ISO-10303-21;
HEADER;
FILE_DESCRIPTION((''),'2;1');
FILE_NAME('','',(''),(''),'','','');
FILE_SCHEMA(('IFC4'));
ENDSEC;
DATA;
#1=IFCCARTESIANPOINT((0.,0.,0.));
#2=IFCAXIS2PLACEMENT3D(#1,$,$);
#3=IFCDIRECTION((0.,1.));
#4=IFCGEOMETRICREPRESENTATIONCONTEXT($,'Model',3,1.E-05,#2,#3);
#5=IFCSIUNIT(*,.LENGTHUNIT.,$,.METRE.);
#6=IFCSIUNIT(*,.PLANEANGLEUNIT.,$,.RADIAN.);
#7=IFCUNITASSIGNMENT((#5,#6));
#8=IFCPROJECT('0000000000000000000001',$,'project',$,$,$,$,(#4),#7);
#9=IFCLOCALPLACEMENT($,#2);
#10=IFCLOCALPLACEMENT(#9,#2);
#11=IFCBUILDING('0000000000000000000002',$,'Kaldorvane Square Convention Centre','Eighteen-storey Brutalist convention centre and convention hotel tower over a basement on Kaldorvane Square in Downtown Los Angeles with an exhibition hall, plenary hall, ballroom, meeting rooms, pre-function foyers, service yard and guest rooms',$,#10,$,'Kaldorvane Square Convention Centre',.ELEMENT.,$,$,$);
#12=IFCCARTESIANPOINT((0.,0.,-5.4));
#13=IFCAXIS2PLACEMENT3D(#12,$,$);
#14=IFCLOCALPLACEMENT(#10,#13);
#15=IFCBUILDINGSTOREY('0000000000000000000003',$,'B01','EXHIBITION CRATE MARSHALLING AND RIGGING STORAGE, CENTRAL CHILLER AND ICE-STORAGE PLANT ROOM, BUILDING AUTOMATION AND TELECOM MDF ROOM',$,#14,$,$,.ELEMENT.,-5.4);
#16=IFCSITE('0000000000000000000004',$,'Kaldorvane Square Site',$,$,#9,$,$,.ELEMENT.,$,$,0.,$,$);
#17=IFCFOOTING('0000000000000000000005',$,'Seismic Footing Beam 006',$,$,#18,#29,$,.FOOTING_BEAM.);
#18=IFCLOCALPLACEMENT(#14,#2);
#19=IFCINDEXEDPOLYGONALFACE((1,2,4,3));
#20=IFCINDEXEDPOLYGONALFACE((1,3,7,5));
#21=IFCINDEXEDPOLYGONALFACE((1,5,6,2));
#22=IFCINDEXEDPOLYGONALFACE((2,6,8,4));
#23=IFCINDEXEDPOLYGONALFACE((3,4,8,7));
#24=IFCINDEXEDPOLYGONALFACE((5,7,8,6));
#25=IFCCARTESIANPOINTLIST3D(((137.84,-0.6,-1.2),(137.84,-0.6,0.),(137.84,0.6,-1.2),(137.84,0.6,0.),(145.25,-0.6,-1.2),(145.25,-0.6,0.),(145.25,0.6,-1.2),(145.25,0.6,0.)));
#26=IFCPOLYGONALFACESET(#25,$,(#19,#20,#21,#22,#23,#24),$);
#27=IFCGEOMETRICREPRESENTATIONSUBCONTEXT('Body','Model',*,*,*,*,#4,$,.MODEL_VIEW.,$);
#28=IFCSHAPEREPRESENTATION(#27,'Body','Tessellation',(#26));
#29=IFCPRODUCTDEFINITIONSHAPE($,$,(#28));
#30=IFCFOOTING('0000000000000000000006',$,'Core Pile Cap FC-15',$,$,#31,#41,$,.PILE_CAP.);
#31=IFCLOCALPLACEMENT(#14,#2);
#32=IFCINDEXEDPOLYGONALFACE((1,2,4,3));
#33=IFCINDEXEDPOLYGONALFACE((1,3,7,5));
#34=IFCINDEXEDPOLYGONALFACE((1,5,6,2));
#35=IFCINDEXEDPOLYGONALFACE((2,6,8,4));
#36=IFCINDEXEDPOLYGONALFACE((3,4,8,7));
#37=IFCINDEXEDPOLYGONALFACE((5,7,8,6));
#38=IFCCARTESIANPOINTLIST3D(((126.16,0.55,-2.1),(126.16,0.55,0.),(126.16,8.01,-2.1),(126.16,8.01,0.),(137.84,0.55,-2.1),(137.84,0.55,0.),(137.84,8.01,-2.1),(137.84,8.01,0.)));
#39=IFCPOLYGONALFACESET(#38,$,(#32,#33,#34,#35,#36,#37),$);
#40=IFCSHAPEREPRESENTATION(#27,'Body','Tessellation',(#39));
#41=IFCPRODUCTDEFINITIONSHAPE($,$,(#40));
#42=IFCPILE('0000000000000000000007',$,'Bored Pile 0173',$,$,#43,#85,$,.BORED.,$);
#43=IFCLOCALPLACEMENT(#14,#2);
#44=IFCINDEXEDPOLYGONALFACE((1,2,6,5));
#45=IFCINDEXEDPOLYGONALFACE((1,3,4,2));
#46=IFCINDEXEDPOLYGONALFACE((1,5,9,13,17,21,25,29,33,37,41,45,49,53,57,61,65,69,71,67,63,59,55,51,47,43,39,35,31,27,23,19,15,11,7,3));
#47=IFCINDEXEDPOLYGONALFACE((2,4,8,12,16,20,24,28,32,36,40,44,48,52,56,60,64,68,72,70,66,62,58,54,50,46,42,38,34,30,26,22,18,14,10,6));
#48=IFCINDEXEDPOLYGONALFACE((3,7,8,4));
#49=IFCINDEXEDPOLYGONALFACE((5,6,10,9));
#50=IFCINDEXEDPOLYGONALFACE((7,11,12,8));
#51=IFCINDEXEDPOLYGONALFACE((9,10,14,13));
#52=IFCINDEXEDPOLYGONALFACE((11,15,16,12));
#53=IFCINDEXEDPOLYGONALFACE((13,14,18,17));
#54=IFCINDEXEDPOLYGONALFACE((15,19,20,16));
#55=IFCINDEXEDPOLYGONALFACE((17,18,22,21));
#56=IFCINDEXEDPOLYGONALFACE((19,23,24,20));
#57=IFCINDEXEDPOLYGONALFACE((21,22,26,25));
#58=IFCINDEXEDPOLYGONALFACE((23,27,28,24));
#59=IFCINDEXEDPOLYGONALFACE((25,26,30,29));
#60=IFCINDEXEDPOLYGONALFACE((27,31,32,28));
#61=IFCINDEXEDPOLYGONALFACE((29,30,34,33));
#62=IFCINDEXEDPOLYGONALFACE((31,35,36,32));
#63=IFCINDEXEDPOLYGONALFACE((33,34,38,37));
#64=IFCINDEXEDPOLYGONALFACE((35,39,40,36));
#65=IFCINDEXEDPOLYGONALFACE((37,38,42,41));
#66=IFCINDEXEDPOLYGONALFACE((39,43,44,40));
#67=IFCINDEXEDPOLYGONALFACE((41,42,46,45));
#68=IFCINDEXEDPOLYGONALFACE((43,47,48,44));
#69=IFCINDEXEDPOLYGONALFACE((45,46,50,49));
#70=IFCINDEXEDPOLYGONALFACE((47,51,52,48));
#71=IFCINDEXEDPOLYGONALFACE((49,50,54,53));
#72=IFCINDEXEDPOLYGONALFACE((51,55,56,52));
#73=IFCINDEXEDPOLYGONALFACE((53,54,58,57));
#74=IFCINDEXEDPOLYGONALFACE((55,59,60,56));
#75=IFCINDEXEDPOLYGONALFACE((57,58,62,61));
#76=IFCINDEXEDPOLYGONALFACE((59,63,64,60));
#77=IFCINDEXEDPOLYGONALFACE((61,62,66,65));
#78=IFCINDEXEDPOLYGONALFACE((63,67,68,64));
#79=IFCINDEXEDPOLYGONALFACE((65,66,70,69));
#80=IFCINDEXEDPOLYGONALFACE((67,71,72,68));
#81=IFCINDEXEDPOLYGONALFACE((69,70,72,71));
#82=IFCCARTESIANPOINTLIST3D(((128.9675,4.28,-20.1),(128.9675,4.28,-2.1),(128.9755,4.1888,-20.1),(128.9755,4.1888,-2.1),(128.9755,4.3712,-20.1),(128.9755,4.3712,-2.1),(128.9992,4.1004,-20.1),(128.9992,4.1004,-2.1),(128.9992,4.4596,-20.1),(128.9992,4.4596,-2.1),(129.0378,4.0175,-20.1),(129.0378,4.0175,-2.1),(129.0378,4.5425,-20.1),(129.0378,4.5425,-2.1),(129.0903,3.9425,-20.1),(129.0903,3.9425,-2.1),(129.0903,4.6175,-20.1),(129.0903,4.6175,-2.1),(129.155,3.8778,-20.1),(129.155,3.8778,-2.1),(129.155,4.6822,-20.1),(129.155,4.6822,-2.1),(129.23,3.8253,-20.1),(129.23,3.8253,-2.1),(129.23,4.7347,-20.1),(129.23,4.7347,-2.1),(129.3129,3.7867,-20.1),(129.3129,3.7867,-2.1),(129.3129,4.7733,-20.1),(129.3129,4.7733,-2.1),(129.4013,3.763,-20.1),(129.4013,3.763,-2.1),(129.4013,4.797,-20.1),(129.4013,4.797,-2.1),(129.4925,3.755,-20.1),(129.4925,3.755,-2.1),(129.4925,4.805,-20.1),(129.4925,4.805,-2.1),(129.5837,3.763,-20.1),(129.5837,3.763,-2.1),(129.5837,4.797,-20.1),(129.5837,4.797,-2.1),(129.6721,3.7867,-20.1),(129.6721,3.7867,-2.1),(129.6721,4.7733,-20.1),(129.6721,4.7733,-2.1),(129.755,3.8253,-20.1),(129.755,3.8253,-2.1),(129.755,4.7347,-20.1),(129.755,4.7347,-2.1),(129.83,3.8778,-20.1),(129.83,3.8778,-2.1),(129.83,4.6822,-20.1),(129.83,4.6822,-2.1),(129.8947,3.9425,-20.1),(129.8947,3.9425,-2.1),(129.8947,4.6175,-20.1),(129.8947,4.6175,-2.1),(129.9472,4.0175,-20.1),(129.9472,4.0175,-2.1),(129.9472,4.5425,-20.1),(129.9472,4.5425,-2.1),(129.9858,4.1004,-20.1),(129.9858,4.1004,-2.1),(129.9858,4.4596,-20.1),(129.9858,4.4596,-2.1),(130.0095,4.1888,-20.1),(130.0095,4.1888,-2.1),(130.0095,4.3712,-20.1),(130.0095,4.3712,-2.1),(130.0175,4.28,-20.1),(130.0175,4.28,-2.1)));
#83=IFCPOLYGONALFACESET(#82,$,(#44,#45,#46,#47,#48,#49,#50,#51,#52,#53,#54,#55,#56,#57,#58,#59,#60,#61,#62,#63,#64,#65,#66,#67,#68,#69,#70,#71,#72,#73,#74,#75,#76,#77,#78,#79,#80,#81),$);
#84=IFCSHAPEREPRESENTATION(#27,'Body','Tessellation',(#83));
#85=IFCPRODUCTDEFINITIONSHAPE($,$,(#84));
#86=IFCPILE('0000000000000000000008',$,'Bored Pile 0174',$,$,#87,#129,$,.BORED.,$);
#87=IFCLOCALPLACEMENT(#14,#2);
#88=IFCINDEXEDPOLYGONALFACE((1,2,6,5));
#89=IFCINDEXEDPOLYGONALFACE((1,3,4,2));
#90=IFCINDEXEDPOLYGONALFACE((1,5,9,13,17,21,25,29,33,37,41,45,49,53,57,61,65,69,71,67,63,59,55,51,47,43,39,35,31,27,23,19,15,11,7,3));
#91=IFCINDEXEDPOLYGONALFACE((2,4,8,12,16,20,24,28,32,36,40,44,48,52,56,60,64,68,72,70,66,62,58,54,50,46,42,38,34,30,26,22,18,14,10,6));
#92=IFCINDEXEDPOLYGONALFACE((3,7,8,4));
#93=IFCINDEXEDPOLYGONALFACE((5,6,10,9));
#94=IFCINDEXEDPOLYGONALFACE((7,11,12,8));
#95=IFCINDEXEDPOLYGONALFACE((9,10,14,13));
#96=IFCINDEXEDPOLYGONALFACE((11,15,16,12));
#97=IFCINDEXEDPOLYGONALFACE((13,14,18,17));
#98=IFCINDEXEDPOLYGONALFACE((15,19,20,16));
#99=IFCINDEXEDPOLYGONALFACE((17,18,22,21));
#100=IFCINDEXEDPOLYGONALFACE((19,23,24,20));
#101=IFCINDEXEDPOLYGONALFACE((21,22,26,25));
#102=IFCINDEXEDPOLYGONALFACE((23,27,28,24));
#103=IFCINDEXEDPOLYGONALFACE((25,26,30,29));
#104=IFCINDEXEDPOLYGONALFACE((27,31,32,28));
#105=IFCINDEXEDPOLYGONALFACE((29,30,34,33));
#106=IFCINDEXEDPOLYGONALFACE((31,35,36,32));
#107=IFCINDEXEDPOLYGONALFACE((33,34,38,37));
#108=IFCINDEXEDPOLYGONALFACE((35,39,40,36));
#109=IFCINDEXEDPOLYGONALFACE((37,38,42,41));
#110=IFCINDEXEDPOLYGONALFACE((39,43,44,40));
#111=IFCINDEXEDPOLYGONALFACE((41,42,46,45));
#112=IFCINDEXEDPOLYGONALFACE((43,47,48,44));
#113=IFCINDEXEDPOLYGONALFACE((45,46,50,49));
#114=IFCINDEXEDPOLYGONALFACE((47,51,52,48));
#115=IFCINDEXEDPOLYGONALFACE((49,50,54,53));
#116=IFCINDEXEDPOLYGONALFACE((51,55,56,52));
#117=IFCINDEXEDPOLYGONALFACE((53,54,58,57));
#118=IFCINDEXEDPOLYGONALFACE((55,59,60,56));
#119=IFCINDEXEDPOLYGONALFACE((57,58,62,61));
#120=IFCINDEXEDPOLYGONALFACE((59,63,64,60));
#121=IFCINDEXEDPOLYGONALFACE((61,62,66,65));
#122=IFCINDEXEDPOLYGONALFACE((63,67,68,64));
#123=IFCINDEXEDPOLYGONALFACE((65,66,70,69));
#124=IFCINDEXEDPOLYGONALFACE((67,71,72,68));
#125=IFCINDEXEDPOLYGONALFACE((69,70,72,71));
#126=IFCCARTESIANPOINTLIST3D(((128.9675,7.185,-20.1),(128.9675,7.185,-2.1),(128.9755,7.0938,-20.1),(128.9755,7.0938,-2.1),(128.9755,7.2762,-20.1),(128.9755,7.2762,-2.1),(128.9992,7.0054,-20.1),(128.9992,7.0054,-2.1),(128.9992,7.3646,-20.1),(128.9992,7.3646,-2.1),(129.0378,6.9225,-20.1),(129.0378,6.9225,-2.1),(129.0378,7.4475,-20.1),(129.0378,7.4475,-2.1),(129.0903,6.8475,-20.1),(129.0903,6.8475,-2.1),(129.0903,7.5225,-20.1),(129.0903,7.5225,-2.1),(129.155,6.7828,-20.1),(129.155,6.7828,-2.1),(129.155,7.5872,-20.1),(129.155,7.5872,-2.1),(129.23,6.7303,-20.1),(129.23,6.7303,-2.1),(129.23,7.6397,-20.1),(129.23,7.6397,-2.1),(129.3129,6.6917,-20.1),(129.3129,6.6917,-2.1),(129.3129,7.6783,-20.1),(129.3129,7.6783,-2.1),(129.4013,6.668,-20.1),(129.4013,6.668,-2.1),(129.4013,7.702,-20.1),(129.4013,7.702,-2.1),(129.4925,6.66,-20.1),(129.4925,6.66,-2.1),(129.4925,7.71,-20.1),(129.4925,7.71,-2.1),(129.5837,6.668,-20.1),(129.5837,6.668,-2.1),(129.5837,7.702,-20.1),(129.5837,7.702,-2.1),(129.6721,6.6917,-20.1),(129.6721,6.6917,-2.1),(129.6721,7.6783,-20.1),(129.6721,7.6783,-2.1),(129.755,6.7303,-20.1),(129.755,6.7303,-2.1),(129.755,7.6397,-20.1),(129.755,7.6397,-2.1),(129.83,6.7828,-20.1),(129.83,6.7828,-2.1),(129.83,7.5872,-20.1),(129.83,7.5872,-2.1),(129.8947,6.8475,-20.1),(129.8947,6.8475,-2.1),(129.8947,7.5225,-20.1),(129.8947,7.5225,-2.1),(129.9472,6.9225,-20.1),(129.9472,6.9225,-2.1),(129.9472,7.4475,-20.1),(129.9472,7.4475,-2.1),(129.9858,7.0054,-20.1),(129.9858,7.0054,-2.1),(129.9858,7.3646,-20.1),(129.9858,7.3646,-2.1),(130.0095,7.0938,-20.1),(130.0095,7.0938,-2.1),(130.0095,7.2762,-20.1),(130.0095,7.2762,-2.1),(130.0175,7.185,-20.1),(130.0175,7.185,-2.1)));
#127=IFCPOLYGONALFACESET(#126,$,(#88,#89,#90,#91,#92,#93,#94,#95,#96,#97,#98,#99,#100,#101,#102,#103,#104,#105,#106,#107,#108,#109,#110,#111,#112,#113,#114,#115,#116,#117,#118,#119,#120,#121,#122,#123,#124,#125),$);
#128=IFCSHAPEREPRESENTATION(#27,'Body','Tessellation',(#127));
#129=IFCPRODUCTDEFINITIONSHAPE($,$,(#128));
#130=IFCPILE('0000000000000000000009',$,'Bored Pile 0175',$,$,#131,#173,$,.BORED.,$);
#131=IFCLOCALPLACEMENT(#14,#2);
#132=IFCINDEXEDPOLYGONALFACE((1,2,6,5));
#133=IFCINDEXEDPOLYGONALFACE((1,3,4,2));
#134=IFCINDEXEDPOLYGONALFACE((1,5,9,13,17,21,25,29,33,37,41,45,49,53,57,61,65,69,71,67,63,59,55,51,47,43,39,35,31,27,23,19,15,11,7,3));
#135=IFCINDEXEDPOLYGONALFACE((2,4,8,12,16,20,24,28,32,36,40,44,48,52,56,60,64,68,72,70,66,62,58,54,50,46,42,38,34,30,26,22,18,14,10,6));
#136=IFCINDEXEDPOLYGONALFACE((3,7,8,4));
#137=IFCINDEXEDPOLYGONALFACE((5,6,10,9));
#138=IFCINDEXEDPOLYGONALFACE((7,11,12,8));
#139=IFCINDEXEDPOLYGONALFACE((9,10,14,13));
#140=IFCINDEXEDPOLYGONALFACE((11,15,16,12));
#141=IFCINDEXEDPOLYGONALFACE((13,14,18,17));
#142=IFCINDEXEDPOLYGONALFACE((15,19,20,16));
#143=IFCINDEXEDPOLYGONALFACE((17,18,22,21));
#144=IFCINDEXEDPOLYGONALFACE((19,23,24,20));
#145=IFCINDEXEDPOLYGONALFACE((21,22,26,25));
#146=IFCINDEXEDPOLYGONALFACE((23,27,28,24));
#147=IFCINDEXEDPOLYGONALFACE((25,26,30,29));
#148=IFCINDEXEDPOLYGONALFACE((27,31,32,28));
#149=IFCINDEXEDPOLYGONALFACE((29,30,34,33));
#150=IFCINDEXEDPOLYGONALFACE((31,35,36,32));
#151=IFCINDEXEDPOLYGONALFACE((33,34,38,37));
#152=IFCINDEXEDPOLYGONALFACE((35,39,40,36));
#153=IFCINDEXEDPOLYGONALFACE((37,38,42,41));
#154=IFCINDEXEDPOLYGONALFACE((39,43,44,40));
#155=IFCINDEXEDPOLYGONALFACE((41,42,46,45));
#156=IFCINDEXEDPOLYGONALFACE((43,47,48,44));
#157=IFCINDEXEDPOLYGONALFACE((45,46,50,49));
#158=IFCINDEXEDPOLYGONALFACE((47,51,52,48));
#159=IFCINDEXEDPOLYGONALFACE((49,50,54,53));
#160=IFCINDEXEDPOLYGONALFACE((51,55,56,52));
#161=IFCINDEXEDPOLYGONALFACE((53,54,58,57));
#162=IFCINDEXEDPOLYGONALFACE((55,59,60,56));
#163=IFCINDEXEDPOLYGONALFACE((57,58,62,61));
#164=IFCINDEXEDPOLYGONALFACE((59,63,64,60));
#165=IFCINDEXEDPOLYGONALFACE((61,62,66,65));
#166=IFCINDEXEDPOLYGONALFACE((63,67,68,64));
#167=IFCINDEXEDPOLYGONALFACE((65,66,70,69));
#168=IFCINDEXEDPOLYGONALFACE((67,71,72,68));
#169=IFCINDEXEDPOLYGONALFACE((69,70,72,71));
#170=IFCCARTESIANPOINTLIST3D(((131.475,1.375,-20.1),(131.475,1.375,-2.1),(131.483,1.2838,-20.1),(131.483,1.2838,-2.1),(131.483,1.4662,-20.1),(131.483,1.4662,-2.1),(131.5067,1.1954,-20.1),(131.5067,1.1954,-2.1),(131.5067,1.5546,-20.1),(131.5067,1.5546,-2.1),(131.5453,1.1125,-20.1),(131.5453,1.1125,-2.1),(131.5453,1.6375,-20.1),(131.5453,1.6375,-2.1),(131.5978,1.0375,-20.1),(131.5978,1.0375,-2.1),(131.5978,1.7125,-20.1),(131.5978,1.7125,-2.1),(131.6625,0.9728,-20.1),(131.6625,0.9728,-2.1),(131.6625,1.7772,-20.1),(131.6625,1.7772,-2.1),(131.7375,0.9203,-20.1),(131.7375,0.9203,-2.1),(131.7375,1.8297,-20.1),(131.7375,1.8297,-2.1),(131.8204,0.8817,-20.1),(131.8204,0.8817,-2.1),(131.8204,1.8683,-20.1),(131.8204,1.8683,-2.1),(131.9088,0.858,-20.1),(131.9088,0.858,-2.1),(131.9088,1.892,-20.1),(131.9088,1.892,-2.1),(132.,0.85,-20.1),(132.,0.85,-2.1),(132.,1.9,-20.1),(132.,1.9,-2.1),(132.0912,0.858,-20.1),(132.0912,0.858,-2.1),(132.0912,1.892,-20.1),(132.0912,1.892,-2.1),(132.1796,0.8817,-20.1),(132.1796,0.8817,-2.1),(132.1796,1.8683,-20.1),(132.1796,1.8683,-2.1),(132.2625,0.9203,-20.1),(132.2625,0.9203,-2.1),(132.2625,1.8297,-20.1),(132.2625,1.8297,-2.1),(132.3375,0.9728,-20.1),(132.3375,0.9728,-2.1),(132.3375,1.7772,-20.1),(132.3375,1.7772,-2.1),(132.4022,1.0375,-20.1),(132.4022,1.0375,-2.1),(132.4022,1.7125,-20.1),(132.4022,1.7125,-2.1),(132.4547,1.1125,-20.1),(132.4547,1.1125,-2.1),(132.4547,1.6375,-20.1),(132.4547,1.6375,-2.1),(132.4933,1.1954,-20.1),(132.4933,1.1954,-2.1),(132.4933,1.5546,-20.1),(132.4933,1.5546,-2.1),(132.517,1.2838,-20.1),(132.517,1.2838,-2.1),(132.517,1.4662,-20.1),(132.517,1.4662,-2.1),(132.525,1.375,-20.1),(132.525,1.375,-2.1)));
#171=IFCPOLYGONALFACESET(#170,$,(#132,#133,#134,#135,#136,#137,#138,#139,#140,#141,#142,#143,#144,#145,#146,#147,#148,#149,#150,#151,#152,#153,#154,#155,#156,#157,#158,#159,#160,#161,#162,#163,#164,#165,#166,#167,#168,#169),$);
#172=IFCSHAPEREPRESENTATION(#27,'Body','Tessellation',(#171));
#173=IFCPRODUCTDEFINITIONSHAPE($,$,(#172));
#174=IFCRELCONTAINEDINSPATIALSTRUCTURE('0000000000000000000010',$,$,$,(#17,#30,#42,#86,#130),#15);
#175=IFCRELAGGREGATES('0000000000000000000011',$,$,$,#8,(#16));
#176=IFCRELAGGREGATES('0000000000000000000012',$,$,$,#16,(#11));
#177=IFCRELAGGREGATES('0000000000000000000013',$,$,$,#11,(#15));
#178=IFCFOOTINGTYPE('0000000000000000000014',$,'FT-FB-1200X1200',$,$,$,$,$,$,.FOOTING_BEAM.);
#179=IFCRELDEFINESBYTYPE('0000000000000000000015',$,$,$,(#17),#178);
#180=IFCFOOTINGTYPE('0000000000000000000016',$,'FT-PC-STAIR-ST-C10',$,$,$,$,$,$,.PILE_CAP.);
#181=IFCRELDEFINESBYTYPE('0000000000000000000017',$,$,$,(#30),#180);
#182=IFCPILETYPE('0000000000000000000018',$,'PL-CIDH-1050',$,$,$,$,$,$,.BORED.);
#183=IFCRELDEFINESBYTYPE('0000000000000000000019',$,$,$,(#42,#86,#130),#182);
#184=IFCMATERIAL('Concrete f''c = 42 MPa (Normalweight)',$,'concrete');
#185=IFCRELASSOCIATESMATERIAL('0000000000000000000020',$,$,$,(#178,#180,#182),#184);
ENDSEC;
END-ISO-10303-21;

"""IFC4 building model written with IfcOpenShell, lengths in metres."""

from ifc_helpers import new_model, si_unit, direction, frame, origin, origin_2d, place, context, subcontext, project, spatial, rectangle, circle, extrude, material, material_profile, profile_set, type_object, element, save


model = new_model("IFC4")

# Units and contexts
model_context = context("Model", 3, precision=1e-05, world=origin(), true_north=direction((0.0, 1.0)))
body_context = subcontext(model_context, "Body", "Model", "MODEL_VIEW")
ifc_project = project(units=[si_unit("LENGTHUNIT", "METRE"), si_unit("PLANEANGLEUNIT", "RADIAN")], contexts=[model_context])

# Site, building, storey
site_placement = place(None, origin())
site = spatial("IfcSite", under=ifc_project, at=site_placement, Name="Kaldorvane Square Site", CompositionType="ELEMENT", RefElevation=0.0)
building_placement = place(site_placement, origin())
building = spatial("IfcBuilding", under=site, at=building_placement, Name="Kaldorvane Square Convention Centre", Description="Eighteen-storey Brutalist convention centre and convention hotel tower over a basement on Kaldorvane Square in Downtown Los Angeles with an exhibition hall, plenary hall, ballroom, meeting rooms, pre-function foyers, service yard and guest rooms", LongName="Kaldorvane Square Convention Centre", CompositionType="ELEMENT")
storey_placement = place(building_placement, frame((0.0, 0.0, -5.4)))
storey = spatial("IfcBuildingStorey", under=building, at=storey_placement, Name="B01", Description="EXHIBITION CRATE MARSHALLING AND RIGGING STORAGE, CENTRAL CHILLER AND ICE-STORAGE PLANT ROOM, BUILDING AUTOMATION AND TELECOM MDF ROOM", CompositionType="ELEMENT", Elevation=-5.4)

# Footings
ifc_material_1 = material(Name="Concrete f'c = 42 MPa (Normalweight)", Category="concrete")
footing_type_1 = type_object("IfcFootingType", Name="FT-FB-1200X1200", PredefinedType="FOOTING_BEAM", material=ifc_material_1)
footing_1_placement = place(storey_placement, frame((141.545, 0.0, -1.2), z_axis=(0.0, 0.0, 1.0), x_axis=(1.0, 0.0, 0.0)))
element("IfcFooting", 1, at=footing_1_placement, inside=storey, type_object=footing_type_1, Name="Seismic Footing Beam 006", PredefinedType="FOOTING_BEAM", context=body_context, shape_type="SweptSolid", body=[
    extrude(rectangle(XDim=7.41, YDim=1.2, at=origin_2d()), origin(), (0.0, 0.0, 1.0), 1.2),
])
footing_type_2 = type_object("IfcFootingType", Name="FT-PC-STAIR-ST-C10", PredefinedType="PILE_CAP", material=ifc_material_1)
footing_2_placement = place(storey_placement, frame((132.0, 4.28, -2.1), z_axis=(0.0, 0.0, 1.0), x_axis=(1.0, 0.0, 0.0)))
element("IfcFooting", 2, at=footing_2_placement, inside=storey, type_object=footing_type_2, Name="Core Pile Cap FC-15", PredefinedType="PILE_CAP", context=body_context, shape_type="SweptSolid", body=[
    extrude(rectangle(XDim=11.68, YDim=7.46, at=origin_2d()), origin(), (0.0, 0.0, 1.0), 2.1),
])

# Piles
ifc_material_profile_1 = material_profile(ifc_material_1, circle(Radius=0.525, at=origin_2d()), Name="PILE-D1050")
ifc_profile_set_1 = profile_set([ifc_material_profile_1], Name="Concrete f'c = 42 MPa (Normalweight)")
pile_type_1 = type_object("IfcPileType", Name="PL-CIDH-1050", PredefinedType="BORED", material=ifc_profile_set_1)
for number, where, z_axis, x_axis, name in (
    (3, (129.4925, 4.28, -2.1), (0.0, 0.0, -1.0), (1.0, 0.0, 0.0), "Bored Pile 0173"),
    (4, (129.4925, 7.185, -2.1), (0.0, 0.0, -1.0), (1.0, 0.0, 0.0), "Bored Pile 0174"),
    (5, (132.0, 1.375, -2.1), (0.0, 0.0, -1.0), (1.0, 0.0, 0.0), "Bored Pile 0175"),
):
    element("IfcPile", number, at=place(storey_placement, frame(where, z_axis=z_axis, x_axis=x_axis)), inside=storey, type_object=pile_type_1, Name=name, PredefinedType="BORED", context=body_context, shape_type="SweptSolid", body=[
        extrude(circle(Radius=0.525, at=origin_2d()), origin(), (0.0, 0.0, 1.0), 18.0),
    ])

save(model, "model.ifc")
